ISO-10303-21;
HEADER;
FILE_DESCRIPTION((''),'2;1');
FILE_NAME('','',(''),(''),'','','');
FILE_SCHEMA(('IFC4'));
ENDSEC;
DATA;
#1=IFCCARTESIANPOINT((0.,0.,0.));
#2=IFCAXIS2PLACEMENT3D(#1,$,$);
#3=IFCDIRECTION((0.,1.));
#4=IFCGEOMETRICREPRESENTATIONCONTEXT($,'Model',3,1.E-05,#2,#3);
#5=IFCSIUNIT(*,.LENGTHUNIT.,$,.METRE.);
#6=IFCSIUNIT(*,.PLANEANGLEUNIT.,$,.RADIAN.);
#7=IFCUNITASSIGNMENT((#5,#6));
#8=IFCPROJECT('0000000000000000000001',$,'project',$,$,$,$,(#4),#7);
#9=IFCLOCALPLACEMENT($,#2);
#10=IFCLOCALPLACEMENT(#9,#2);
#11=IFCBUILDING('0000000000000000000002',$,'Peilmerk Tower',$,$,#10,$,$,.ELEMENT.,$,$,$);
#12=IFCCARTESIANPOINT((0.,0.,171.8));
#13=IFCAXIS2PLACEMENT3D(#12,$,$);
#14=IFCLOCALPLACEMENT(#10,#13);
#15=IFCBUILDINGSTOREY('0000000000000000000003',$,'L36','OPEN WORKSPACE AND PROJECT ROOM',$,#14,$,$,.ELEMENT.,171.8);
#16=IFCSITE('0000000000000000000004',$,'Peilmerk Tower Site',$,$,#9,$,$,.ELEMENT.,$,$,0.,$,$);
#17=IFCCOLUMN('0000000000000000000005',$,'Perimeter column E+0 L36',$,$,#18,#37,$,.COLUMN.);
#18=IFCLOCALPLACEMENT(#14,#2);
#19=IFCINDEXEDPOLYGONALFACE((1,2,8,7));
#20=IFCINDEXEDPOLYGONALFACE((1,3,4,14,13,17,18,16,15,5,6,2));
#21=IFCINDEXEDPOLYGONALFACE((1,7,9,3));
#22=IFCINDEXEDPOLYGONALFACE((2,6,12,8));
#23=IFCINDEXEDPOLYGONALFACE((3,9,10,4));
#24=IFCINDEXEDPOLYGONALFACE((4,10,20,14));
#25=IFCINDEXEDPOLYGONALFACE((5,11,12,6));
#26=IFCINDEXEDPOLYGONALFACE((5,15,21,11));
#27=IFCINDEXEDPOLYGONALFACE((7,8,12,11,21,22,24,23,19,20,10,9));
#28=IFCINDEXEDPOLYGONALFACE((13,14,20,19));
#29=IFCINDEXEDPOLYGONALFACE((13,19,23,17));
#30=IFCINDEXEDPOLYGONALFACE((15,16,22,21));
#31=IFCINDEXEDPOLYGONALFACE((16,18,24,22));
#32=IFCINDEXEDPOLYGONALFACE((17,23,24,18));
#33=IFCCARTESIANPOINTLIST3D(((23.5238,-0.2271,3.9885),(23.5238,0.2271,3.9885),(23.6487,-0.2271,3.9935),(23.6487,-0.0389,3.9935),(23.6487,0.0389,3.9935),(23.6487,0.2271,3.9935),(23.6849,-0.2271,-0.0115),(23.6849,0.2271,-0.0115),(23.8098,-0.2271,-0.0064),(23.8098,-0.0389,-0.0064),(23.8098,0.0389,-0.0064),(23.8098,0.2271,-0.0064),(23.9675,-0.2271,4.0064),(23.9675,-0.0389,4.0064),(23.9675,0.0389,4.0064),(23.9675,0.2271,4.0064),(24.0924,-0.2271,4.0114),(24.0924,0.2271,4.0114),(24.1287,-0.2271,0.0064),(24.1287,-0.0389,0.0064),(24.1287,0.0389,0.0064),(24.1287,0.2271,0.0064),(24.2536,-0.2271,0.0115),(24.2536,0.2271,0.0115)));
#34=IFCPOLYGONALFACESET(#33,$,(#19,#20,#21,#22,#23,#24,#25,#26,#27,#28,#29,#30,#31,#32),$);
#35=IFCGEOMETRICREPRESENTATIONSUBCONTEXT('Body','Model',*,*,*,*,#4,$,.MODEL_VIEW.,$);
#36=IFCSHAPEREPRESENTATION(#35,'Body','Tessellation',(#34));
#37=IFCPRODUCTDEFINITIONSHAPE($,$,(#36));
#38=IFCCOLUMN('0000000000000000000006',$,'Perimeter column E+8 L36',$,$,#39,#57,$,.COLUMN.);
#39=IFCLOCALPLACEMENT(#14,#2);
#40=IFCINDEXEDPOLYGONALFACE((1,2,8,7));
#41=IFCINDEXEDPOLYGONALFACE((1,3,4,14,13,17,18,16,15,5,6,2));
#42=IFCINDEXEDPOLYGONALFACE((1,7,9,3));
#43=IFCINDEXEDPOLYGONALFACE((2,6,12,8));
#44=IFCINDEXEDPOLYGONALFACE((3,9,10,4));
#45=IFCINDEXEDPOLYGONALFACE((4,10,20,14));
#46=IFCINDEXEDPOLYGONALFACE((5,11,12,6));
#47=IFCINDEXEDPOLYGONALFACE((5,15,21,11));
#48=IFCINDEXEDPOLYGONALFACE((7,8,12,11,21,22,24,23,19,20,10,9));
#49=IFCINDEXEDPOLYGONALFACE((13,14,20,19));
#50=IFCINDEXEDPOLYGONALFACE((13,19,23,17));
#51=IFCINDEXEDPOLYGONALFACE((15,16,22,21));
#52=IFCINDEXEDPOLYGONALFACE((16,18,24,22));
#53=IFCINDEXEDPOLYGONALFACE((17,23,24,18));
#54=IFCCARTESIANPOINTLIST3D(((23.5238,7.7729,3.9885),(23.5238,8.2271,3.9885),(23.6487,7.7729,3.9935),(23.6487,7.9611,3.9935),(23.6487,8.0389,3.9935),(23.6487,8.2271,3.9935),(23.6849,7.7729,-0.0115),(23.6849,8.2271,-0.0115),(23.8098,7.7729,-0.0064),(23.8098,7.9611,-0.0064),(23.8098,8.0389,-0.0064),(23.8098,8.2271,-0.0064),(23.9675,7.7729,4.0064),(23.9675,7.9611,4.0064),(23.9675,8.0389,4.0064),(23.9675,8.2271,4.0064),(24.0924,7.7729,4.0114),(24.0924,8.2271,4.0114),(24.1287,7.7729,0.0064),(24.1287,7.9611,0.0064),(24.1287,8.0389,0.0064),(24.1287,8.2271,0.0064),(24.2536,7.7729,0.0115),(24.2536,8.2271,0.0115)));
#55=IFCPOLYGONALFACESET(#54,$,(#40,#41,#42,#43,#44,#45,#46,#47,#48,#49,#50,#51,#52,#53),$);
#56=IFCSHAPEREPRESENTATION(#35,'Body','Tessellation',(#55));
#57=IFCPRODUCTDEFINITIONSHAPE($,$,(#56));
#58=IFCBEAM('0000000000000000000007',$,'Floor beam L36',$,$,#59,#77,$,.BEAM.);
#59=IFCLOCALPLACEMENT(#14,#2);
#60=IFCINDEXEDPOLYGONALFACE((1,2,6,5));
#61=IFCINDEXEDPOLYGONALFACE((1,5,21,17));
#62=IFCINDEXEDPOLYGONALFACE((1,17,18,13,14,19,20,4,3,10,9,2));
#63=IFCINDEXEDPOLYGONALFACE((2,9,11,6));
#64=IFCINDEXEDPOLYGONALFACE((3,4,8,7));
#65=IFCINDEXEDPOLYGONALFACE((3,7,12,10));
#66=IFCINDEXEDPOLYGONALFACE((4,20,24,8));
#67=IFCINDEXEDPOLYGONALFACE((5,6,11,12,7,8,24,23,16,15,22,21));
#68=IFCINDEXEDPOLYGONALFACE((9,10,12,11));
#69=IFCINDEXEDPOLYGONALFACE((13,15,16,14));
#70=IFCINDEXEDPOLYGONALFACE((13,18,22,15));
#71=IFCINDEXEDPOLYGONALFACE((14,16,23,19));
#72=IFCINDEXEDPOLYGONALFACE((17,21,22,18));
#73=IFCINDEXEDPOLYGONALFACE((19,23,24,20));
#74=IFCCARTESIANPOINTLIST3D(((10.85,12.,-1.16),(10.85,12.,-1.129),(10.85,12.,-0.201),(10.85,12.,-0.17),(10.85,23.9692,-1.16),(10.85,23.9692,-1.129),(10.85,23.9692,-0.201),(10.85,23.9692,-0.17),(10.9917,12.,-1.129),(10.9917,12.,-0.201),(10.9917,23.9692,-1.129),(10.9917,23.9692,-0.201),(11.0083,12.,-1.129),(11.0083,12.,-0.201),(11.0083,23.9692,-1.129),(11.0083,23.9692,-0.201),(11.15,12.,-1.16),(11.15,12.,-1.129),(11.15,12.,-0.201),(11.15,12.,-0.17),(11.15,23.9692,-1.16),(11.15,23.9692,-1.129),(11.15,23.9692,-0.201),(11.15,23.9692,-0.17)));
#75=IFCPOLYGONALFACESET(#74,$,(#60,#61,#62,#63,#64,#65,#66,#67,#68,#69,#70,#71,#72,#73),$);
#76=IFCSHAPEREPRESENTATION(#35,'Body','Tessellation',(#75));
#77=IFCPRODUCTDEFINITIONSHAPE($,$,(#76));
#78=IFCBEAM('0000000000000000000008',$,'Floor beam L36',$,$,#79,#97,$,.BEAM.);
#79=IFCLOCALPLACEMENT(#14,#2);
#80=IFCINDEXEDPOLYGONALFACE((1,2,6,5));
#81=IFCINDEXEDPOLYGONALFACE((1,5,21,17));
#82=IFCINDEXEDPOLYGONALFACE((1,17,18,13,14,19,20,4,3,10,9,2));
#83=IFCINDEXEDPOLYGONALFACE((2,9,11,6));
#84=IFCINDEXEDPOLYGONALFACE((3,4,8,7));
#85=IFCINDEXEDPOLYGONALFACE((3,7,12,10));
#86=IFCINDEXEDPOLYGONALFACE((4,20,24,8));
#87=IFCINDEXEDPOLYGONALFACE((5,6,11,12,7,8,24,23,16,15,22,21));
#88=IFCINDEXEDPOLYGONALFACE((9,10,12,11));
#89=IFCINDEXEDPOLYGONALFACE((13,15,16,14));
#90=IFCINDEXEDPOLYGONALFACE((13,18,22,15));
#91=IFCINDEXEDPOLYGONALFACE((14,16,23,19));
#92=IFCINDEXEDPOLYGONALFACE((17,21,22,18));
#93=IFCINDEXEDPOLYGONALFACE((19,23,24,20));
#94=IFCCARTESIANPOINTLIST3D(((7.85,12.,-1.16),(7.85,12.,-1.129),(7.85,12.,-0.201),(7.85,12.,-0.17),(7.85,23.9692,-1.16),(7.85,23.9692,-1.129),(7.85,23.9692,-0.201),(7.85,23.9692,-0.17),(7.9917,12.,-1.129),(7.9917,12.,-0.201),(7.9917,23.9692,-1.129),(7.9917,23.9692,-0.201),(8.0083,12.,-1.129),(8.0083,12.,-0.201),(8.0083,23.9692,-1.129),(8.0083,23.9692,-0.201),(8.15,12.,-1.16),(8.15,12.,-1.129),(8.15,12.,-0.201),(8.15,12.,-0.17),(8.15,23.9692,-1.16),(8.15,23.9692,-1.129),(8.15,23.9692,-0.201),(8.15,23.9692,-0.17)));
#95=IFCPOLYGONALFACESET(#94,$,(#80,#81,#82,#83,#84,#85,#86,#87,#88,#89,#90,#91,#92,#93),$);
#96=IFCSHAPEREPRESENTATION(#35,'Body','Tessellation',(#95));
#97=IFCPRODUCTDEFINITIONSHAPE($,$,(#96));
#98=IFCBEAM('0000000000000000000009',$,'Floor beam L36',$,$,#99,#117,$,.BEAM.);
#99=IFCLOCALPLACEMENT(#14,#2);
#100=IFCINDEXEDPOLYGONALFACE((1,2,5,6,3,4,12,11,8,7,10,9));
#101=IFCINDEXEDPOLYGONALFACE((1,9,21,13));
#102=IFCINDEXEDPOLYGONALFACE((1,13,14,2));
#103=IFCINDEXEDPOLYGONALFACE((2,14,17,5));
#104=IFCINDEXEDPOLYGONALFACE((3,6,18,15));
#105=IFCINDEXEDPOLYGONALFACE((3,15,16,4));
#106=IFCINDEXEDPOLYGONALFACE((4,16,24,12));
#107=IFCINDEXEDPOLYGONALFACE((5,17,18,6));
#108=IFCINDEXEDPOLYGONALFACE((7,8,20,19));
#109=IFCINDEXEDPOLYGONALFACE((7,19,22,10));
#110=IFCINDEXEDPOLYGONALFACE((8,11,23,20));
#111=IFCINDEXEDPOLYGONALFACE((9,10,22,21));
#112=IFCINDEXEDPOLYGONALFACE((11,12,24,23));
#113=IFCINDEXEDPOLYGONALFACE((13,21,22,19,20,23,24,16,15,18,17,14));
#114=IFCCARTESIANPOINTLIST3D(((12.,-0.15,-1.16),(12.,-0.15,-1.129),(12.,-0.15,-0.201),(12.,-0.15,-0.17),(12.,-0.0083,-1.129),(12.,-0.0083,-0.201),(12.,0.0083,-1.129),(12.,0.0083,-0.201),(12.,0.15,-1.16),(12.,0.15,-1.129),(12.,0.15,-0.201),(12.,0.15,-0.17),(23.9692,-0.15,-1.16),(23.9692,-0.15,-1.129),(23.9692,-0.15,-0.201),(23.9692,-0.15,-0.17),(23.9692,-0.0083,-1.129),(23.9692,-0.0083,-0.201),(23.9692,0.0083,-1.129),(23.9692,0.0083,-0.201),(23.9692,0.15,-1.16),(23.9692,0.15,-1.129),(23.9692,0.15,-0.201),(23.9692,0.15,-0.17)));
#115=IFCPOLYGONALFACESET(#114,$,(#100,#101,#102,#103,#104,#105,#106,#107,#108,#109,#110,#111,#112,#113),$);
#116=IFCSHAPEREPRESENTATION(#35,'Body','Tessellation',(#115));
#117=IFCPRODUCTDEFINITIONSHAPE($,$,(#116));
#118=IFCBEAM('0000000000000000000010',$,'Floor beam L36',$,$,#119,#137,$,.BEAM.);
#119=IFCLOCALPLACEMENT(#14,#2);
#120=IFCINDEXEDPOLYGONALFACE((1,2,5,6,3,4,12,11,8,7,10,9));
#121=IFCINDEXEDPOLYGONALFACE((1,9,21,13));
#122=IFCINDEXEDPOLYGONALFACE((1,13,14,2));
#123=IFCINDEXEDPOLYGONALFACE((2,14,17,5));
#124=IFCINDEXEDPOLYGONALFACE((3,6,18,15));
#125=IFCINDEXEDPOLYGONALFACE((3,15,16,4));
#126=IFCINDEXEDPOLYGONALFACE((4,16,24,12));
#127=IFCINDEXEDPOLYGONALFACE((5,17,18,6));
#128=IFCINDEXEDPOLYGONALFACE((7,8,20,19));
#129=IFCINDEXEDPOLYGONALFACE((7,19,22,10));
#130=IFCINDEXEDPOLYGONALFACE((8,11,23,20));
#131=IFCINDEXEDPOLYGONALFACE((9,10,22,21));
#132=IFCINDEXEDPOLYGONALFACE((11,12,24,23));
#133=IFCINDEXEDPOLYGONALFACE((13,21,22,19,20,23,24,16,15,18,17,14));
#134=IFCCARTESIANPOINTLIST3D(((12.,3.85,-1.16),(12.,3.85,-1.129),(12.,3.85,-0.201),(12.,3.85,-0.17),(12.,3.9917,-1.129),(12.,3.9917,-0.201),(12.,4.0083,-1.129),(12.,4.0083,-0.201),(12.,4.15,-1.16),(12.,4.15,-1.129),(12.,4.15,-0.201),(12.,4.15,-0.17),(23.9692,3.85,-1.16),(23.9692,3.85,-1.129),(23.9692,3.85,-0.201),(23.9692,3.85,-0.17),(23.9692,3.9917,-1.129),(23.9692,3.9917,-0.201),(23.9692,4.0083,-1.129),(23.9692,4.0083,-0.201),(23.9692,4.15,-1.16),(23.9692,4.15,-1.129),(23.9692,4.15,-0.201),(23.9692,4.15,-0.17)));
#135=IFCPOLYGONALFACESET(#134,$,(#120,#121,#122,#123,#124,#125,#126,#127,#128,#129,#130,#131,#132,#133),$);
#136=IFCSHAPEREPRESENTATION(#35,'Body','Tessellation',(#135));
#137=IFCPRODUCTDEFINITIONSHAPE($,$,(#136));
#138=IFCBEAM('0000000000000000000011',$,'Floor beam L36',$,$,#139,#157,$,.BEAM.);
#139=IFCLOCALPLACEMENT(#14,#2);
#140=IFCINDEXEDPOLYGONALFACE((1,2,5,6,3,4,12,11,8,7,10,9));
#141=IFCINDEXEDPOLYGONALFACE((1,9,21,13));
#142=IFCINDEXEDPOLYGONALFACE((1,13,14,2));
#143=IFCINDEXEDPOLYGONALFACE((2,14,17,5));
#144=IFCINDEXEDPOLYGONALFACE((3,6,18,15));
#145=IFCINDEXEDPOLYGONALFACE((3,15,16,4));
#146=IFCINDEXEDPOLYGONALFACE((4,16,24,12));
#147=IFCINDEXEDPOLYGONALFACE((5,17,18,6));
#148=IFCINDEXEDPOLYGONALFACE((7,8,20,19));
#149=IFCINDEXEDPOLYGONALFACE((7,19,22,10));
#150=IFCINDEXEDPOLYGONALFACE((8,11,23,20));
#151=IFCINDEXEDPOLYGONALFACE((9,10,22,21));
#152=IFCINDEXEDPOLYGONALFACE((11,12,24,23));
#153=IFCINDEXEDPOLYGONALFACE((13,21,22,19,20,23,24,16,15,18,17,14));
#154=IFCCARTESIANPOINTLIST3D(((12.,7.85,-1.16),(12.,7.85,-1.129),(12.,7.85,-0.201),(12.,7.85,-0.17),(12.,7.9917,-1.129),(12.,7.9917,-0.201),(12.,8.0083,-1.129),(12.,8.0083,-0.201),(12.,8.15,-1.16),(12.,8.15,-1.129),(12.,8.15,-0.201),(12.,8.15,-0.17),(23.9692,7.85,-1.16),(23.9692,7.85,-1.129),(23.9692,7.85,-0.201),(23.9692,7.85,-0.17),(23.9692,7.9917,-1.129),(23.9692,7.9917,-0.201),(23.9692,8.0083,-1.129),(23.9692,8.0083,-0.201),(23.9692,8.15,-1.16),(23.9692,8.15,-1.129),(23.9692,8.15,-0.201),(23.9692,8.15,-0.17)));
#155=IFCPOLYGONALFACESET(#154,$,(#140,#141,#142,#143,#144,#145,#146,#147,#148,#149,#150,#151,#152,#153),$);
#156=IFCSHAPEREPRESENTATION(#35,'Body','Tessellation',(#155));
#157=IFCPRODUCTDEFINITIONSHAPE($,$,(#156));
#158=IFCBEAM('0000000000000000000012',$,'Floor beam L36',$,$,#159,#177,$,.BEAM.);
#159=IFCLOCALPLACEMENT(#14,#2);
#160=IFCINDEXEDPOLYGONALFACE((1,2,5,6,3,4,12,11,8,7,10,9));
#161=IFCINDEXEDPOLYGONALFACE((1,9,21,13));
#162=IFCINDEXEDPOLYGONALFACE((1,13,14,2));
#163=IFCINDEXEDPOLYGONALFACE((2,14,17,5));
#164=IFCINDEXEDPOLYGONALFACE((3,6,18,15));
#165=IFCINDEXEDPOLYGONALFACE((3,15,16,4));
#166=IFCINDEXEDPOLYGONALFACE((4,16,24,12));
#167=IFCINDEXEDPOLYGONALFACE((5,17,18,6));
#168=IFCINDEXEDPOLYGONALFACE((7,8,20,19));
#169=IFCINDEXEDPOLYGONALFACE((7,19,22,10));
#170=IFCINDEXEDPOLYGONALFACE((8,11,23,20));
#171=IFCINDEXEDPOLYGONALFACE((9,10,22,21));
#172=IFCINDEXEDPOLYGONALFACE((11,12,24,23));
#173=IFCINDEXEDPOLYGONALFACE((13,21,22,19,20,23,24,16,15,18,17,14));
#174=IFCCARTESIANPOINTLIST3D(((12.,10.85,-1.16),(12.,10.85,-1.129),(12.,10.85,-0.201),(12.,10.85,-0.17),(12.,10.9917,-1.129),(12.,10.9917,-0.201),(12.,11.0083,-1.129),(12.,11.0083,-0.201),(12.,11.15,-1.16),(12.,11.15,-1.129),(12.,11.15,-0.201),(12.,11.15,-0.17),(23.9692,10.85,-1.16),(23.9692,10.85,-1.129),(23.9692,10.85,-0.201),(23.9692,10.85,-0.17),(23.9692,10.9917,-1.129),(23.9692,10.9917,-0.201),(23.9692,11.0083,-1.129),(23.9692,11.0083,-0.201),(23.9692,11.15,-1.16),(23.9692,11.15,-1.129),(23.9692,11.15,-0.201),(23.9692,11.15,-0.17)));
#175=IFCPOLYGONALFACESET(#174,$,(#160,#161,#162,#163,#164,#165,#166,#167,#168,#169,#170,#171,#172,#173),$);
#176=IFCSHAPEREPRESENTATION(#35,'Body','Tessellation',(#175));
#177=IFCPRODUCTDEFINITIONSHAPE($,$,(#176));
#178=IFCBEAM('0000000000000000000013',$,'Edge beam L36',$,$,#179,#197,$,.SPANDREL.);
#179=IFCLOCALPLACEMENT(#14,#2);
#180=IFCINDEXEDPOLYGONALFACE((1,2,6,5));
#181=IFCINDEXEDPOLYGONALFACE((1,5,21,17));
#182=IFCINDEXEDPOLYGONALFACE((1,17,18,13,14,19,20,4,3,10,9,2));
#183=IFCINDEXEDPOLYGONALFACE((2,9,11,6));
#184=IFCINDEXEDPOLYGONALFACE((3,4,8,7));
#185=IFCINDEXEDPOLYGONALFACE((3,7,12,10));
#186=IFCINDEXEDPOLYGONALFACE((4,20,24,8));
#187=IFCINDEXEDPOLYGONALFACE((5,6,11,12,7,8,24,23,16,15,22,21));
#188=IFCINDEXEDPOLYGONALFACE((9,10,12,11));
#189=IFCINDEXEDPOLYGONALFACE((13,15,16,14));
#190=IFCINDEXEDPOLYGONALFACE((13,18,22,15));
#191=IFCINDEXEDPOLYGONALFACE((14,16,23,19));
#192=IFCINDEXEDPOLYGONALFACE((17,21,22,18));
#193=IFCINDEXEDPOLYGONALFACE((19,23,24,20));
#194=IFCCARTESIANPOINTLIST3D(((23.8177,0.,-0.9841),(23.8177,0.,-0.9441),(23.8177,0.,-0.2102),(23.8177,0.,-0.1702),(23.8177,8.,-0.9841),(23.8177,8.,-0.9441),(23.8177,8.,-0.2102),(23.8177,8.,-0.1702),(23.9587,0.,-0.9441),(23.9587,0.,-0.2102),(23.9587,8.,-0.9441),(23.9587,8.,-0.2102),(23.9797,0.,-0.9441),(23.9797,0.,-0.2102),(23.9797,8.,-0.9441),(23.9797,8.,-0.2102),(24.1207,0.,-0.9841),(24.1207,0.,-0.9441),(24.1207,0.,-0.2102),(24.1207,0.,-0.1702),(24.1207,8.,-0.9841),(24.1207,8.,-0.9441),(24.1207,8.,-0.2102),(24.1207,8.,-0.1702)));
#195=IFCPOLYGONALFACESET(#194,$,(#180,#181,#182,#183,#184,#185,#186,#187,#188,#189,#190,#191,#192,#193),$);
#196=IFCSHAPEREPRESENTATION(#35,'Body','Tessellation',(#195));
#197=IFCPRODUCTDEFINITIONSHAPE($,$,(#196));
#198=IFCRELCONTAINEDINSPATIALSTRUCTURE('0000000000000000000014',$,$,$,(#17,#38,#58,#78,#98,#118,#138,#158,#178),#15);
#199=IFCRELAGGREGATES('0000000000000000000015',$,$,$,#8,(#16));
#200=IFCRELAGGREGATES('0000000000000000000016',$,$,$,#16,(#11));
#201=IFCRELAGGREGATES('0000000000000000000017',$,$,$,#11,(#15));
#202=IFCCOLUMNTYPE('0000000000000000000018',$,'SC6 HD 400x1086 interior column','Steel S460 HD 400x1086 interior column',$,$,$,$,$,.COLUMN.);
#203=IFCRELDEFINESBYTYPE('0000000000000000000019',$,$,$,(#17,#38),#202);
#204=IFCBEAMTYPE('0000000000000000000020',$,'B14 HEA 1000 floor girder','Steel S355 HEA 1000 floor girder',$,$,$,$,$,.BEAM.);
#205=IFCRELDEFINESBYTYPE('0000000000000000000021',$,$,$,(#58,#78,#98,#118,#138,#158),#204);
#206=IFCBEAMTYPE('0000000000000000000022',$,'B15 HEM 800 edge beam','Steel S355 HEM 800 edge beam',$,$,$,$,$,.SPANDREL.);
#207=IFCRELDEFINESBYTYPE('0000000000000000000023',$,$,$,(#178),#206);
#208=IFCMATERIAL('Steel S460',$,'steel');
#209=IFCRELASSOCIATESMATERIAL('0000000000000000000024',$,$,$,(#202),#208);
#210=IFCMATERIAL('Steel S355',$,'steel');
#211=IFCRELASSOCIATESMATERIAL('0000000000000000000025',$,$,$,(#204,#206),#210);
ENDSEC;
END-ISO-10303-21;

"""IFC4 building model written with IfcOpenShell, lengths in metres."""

from ifc_helpers import new_model, si_unit, direction, frame, origin, origin_2d, place, context, subcontext, project, spatial, i_section, extrude, material, material_profile, profile_set, type_object, element, save


model = new_model("IFC4")

# Units and contexts
model_context = context("Model", 3, precision=1e-05, world=origin(), true_north=direction((0.0, 1.0)))
body_context = subcontext(model_context, "Body", "Model", "MODEL_VIEW")
ifc_project = project(units=[si_unit("LENGTHUNIT", "METRE"), si_unit("PLANEANGLEUNIT", "RADIAN")], contexts=[model_context])

# Site, building, storey
site_placement = place(None, origin())
site = spatial("IfcSite", under=ifc_project, at=site_placement, Name="Peilmerk Tower Site", CompositionType="ELEMENT", RefElevation=0.0)
building_placement = place(site_placement, origin())
building = spatial("IfcBuilding", under=site, at=building_placement, Name="Peilmerk Tower", CompositionType="ELEMENT")
storey_placement = place(building_placement, frame((0.0, 0.0, 171.8)))
storey = spatial("IfcBuildingStorey", under=building, at=storey_placement, Name="L36", Description="OPEN WORKSPACE AND PROJECT ROOM", CompositionType="ELEMENT", Elevation=171.8)

# Columns
ifc_material_1 = material(Name="Steel S460", Category="steel")
ifc_material_profile_1 = material_profile(ifc_material_1, i_section(OverallWidth=0.4541, OverallDepth=0.5691, WebThickness=0.0779, FlangeThickness=0.125, at=origin_2d()), Name="HD 400x1086")
ifc_profile_set_1 = profile_set([ifc_material_profile_1], Name="Steel S460")
column_type = type_object("IfcColumnType", Name="SC6 HD 400x1086 interior column", Description="Steel S460 HD 400x1086 interior column", PredefinedType="COLUMN", material=ifc_profile_set_1)
for number, where, z_axis, x_axis, name in (
    (1, (23.9692, 0.0, 0.0), (-0.040251, 0.0, 0.99919), (0.0, -1.0, 0.0), "Perimeter column E+0 L36"),
    (2, (23.9692, 8.0, 0.0), (-0.040251, 0.0, 0.99919), (0.0, -1.0, 0.0), "Perimeter column E+8 L36"),
):
    element("IfcColumn", number, at=place(storey_placement, frame(where, z_axis=z_axis, x_axis=x_axis)), inside=storey, type_object=column_type, Name=name, PredefinedType="COLUMN", context=body_context, shape_type="SweptSolid", body=[
        extrude(i_section(OverallWidth=0.4541, OverallDepth=0.5691, WebThickness=0.0779, FlangeThickness=0.125, at=origin_2d()), origin(), (0.0, 0.0, 1.0), 4.0032),
    ])

# Beams
ifc_material_2 = material(Name="Steel S355", Category="steel")
ifc_material_profile_2 = material_profile(ifc_material_2, i_section(OverallWidth=0.3, OverallDepth=0.99, WebThickness=0.0166, FlangeThickness=0.031, at=origin_2d()), Name="HEA 1000")
ifc_profile_set_2 = profile_set([ifc_material_profile_2], Name="Steel S355")
beam_type_1 = type_object("IfcBeamType", Name="B14 HEA 1000 floor girder", Description="Steel S355 HEA 1000 floor girder", PredefinedType="BEAM", material=ifc_profile_set_2)
for number, where, z_axis, x_axis, name in (
    (3, (11.0, 12.0, -0.665), (0.0, 1.0, 0.0), (-1.0, 0.0, 0.0), "Floor beam L36"),
    (4, (8.0, 12.0, -0.665), (0.0, 1.0, 0.0), (-1.0, 0.0, 0.0), "Floor beam L36"),
    (5, (12.0, 0.0, -0.665), (1.0, 0.0, 0.0), (0.0, 1.0, 0.0), "Floor beam L36"),
    (6, (12.0, 4.0, -0.665), (1.0, 0.0, 0.0), (0.0, 1.0, 0.0), "Floor beam L36"),
    (7, (12.0, 8.0, -0.665), (1.0, 0.0, 0.0), (0.0, 1.0, 0.0), "Floor beam L36"),
    (8, (12.0, 11.0, -0.665), (1.0, 0.0, 0.0), (0.0, 1.0, 0.0), "Floor beam L36"),
):
    element("IfcBeam", number, at=place(storey_placement, frame(where, z_axis=z_axis, x_axis=x_axis)), inside=storey, type_object=beam_type_1, Name=name, PredefinedType="BEAM", context=body_context, shape_type="SweptSolid", body=[
        extrude(i_section(OverallWidth=0.3, OverallDepth=0.99, WebThickness=0.0166, FlangeThickness=0.031, at=origin_2d()), origin(), (0.0, 0.0, 1.0), 11.9692),
    ])
ifc_material_profile_3 = material_profile(ifc_material_2, i_section(OverallWidth=0.303, OverallDepth=0.814, WebThickness=0.021, FlangeThickness=0.04, at=origin_2d()), Name="HEM 800")
ifc_profile_set_3 = profile_set([ifc_material_profile_3], Name="Steel S355")
beam_type_2 = type_object("IfcBeamType", Name="B15 HEM 800 edge beam", Description="Steel S355 HEM 800 edge beam", PredefinedType="SPANDREL", material=ifc_profile_set_3)
for number, where, z_axis, x_axis, name in (
    (9, (23.9692, 0.0, -0.5771), (0.0, 1.0, 0.0), (-1.0, 0.0, 0.0), "Edge beam L36"),
):
    element("IfcBeam", number, at=place(storey_placement, frame(where, z_axis=z_axis, x_axis=x_axis)), inside=storey, type_object=beam_type_2, Name=name, PredefinedType="SPANDREL", context=body_context, shape_type="SweptSolid", body=[
        extrude(i_section(OverallWidth=0.303, OverallDepth=0.814, WebThickness=0.021, FlangeThickness=0.04, at=origin_2d()), origin(), (0.0, 0.0, 1.0), 8.0),
    ])

save(model, "model.ifc")
